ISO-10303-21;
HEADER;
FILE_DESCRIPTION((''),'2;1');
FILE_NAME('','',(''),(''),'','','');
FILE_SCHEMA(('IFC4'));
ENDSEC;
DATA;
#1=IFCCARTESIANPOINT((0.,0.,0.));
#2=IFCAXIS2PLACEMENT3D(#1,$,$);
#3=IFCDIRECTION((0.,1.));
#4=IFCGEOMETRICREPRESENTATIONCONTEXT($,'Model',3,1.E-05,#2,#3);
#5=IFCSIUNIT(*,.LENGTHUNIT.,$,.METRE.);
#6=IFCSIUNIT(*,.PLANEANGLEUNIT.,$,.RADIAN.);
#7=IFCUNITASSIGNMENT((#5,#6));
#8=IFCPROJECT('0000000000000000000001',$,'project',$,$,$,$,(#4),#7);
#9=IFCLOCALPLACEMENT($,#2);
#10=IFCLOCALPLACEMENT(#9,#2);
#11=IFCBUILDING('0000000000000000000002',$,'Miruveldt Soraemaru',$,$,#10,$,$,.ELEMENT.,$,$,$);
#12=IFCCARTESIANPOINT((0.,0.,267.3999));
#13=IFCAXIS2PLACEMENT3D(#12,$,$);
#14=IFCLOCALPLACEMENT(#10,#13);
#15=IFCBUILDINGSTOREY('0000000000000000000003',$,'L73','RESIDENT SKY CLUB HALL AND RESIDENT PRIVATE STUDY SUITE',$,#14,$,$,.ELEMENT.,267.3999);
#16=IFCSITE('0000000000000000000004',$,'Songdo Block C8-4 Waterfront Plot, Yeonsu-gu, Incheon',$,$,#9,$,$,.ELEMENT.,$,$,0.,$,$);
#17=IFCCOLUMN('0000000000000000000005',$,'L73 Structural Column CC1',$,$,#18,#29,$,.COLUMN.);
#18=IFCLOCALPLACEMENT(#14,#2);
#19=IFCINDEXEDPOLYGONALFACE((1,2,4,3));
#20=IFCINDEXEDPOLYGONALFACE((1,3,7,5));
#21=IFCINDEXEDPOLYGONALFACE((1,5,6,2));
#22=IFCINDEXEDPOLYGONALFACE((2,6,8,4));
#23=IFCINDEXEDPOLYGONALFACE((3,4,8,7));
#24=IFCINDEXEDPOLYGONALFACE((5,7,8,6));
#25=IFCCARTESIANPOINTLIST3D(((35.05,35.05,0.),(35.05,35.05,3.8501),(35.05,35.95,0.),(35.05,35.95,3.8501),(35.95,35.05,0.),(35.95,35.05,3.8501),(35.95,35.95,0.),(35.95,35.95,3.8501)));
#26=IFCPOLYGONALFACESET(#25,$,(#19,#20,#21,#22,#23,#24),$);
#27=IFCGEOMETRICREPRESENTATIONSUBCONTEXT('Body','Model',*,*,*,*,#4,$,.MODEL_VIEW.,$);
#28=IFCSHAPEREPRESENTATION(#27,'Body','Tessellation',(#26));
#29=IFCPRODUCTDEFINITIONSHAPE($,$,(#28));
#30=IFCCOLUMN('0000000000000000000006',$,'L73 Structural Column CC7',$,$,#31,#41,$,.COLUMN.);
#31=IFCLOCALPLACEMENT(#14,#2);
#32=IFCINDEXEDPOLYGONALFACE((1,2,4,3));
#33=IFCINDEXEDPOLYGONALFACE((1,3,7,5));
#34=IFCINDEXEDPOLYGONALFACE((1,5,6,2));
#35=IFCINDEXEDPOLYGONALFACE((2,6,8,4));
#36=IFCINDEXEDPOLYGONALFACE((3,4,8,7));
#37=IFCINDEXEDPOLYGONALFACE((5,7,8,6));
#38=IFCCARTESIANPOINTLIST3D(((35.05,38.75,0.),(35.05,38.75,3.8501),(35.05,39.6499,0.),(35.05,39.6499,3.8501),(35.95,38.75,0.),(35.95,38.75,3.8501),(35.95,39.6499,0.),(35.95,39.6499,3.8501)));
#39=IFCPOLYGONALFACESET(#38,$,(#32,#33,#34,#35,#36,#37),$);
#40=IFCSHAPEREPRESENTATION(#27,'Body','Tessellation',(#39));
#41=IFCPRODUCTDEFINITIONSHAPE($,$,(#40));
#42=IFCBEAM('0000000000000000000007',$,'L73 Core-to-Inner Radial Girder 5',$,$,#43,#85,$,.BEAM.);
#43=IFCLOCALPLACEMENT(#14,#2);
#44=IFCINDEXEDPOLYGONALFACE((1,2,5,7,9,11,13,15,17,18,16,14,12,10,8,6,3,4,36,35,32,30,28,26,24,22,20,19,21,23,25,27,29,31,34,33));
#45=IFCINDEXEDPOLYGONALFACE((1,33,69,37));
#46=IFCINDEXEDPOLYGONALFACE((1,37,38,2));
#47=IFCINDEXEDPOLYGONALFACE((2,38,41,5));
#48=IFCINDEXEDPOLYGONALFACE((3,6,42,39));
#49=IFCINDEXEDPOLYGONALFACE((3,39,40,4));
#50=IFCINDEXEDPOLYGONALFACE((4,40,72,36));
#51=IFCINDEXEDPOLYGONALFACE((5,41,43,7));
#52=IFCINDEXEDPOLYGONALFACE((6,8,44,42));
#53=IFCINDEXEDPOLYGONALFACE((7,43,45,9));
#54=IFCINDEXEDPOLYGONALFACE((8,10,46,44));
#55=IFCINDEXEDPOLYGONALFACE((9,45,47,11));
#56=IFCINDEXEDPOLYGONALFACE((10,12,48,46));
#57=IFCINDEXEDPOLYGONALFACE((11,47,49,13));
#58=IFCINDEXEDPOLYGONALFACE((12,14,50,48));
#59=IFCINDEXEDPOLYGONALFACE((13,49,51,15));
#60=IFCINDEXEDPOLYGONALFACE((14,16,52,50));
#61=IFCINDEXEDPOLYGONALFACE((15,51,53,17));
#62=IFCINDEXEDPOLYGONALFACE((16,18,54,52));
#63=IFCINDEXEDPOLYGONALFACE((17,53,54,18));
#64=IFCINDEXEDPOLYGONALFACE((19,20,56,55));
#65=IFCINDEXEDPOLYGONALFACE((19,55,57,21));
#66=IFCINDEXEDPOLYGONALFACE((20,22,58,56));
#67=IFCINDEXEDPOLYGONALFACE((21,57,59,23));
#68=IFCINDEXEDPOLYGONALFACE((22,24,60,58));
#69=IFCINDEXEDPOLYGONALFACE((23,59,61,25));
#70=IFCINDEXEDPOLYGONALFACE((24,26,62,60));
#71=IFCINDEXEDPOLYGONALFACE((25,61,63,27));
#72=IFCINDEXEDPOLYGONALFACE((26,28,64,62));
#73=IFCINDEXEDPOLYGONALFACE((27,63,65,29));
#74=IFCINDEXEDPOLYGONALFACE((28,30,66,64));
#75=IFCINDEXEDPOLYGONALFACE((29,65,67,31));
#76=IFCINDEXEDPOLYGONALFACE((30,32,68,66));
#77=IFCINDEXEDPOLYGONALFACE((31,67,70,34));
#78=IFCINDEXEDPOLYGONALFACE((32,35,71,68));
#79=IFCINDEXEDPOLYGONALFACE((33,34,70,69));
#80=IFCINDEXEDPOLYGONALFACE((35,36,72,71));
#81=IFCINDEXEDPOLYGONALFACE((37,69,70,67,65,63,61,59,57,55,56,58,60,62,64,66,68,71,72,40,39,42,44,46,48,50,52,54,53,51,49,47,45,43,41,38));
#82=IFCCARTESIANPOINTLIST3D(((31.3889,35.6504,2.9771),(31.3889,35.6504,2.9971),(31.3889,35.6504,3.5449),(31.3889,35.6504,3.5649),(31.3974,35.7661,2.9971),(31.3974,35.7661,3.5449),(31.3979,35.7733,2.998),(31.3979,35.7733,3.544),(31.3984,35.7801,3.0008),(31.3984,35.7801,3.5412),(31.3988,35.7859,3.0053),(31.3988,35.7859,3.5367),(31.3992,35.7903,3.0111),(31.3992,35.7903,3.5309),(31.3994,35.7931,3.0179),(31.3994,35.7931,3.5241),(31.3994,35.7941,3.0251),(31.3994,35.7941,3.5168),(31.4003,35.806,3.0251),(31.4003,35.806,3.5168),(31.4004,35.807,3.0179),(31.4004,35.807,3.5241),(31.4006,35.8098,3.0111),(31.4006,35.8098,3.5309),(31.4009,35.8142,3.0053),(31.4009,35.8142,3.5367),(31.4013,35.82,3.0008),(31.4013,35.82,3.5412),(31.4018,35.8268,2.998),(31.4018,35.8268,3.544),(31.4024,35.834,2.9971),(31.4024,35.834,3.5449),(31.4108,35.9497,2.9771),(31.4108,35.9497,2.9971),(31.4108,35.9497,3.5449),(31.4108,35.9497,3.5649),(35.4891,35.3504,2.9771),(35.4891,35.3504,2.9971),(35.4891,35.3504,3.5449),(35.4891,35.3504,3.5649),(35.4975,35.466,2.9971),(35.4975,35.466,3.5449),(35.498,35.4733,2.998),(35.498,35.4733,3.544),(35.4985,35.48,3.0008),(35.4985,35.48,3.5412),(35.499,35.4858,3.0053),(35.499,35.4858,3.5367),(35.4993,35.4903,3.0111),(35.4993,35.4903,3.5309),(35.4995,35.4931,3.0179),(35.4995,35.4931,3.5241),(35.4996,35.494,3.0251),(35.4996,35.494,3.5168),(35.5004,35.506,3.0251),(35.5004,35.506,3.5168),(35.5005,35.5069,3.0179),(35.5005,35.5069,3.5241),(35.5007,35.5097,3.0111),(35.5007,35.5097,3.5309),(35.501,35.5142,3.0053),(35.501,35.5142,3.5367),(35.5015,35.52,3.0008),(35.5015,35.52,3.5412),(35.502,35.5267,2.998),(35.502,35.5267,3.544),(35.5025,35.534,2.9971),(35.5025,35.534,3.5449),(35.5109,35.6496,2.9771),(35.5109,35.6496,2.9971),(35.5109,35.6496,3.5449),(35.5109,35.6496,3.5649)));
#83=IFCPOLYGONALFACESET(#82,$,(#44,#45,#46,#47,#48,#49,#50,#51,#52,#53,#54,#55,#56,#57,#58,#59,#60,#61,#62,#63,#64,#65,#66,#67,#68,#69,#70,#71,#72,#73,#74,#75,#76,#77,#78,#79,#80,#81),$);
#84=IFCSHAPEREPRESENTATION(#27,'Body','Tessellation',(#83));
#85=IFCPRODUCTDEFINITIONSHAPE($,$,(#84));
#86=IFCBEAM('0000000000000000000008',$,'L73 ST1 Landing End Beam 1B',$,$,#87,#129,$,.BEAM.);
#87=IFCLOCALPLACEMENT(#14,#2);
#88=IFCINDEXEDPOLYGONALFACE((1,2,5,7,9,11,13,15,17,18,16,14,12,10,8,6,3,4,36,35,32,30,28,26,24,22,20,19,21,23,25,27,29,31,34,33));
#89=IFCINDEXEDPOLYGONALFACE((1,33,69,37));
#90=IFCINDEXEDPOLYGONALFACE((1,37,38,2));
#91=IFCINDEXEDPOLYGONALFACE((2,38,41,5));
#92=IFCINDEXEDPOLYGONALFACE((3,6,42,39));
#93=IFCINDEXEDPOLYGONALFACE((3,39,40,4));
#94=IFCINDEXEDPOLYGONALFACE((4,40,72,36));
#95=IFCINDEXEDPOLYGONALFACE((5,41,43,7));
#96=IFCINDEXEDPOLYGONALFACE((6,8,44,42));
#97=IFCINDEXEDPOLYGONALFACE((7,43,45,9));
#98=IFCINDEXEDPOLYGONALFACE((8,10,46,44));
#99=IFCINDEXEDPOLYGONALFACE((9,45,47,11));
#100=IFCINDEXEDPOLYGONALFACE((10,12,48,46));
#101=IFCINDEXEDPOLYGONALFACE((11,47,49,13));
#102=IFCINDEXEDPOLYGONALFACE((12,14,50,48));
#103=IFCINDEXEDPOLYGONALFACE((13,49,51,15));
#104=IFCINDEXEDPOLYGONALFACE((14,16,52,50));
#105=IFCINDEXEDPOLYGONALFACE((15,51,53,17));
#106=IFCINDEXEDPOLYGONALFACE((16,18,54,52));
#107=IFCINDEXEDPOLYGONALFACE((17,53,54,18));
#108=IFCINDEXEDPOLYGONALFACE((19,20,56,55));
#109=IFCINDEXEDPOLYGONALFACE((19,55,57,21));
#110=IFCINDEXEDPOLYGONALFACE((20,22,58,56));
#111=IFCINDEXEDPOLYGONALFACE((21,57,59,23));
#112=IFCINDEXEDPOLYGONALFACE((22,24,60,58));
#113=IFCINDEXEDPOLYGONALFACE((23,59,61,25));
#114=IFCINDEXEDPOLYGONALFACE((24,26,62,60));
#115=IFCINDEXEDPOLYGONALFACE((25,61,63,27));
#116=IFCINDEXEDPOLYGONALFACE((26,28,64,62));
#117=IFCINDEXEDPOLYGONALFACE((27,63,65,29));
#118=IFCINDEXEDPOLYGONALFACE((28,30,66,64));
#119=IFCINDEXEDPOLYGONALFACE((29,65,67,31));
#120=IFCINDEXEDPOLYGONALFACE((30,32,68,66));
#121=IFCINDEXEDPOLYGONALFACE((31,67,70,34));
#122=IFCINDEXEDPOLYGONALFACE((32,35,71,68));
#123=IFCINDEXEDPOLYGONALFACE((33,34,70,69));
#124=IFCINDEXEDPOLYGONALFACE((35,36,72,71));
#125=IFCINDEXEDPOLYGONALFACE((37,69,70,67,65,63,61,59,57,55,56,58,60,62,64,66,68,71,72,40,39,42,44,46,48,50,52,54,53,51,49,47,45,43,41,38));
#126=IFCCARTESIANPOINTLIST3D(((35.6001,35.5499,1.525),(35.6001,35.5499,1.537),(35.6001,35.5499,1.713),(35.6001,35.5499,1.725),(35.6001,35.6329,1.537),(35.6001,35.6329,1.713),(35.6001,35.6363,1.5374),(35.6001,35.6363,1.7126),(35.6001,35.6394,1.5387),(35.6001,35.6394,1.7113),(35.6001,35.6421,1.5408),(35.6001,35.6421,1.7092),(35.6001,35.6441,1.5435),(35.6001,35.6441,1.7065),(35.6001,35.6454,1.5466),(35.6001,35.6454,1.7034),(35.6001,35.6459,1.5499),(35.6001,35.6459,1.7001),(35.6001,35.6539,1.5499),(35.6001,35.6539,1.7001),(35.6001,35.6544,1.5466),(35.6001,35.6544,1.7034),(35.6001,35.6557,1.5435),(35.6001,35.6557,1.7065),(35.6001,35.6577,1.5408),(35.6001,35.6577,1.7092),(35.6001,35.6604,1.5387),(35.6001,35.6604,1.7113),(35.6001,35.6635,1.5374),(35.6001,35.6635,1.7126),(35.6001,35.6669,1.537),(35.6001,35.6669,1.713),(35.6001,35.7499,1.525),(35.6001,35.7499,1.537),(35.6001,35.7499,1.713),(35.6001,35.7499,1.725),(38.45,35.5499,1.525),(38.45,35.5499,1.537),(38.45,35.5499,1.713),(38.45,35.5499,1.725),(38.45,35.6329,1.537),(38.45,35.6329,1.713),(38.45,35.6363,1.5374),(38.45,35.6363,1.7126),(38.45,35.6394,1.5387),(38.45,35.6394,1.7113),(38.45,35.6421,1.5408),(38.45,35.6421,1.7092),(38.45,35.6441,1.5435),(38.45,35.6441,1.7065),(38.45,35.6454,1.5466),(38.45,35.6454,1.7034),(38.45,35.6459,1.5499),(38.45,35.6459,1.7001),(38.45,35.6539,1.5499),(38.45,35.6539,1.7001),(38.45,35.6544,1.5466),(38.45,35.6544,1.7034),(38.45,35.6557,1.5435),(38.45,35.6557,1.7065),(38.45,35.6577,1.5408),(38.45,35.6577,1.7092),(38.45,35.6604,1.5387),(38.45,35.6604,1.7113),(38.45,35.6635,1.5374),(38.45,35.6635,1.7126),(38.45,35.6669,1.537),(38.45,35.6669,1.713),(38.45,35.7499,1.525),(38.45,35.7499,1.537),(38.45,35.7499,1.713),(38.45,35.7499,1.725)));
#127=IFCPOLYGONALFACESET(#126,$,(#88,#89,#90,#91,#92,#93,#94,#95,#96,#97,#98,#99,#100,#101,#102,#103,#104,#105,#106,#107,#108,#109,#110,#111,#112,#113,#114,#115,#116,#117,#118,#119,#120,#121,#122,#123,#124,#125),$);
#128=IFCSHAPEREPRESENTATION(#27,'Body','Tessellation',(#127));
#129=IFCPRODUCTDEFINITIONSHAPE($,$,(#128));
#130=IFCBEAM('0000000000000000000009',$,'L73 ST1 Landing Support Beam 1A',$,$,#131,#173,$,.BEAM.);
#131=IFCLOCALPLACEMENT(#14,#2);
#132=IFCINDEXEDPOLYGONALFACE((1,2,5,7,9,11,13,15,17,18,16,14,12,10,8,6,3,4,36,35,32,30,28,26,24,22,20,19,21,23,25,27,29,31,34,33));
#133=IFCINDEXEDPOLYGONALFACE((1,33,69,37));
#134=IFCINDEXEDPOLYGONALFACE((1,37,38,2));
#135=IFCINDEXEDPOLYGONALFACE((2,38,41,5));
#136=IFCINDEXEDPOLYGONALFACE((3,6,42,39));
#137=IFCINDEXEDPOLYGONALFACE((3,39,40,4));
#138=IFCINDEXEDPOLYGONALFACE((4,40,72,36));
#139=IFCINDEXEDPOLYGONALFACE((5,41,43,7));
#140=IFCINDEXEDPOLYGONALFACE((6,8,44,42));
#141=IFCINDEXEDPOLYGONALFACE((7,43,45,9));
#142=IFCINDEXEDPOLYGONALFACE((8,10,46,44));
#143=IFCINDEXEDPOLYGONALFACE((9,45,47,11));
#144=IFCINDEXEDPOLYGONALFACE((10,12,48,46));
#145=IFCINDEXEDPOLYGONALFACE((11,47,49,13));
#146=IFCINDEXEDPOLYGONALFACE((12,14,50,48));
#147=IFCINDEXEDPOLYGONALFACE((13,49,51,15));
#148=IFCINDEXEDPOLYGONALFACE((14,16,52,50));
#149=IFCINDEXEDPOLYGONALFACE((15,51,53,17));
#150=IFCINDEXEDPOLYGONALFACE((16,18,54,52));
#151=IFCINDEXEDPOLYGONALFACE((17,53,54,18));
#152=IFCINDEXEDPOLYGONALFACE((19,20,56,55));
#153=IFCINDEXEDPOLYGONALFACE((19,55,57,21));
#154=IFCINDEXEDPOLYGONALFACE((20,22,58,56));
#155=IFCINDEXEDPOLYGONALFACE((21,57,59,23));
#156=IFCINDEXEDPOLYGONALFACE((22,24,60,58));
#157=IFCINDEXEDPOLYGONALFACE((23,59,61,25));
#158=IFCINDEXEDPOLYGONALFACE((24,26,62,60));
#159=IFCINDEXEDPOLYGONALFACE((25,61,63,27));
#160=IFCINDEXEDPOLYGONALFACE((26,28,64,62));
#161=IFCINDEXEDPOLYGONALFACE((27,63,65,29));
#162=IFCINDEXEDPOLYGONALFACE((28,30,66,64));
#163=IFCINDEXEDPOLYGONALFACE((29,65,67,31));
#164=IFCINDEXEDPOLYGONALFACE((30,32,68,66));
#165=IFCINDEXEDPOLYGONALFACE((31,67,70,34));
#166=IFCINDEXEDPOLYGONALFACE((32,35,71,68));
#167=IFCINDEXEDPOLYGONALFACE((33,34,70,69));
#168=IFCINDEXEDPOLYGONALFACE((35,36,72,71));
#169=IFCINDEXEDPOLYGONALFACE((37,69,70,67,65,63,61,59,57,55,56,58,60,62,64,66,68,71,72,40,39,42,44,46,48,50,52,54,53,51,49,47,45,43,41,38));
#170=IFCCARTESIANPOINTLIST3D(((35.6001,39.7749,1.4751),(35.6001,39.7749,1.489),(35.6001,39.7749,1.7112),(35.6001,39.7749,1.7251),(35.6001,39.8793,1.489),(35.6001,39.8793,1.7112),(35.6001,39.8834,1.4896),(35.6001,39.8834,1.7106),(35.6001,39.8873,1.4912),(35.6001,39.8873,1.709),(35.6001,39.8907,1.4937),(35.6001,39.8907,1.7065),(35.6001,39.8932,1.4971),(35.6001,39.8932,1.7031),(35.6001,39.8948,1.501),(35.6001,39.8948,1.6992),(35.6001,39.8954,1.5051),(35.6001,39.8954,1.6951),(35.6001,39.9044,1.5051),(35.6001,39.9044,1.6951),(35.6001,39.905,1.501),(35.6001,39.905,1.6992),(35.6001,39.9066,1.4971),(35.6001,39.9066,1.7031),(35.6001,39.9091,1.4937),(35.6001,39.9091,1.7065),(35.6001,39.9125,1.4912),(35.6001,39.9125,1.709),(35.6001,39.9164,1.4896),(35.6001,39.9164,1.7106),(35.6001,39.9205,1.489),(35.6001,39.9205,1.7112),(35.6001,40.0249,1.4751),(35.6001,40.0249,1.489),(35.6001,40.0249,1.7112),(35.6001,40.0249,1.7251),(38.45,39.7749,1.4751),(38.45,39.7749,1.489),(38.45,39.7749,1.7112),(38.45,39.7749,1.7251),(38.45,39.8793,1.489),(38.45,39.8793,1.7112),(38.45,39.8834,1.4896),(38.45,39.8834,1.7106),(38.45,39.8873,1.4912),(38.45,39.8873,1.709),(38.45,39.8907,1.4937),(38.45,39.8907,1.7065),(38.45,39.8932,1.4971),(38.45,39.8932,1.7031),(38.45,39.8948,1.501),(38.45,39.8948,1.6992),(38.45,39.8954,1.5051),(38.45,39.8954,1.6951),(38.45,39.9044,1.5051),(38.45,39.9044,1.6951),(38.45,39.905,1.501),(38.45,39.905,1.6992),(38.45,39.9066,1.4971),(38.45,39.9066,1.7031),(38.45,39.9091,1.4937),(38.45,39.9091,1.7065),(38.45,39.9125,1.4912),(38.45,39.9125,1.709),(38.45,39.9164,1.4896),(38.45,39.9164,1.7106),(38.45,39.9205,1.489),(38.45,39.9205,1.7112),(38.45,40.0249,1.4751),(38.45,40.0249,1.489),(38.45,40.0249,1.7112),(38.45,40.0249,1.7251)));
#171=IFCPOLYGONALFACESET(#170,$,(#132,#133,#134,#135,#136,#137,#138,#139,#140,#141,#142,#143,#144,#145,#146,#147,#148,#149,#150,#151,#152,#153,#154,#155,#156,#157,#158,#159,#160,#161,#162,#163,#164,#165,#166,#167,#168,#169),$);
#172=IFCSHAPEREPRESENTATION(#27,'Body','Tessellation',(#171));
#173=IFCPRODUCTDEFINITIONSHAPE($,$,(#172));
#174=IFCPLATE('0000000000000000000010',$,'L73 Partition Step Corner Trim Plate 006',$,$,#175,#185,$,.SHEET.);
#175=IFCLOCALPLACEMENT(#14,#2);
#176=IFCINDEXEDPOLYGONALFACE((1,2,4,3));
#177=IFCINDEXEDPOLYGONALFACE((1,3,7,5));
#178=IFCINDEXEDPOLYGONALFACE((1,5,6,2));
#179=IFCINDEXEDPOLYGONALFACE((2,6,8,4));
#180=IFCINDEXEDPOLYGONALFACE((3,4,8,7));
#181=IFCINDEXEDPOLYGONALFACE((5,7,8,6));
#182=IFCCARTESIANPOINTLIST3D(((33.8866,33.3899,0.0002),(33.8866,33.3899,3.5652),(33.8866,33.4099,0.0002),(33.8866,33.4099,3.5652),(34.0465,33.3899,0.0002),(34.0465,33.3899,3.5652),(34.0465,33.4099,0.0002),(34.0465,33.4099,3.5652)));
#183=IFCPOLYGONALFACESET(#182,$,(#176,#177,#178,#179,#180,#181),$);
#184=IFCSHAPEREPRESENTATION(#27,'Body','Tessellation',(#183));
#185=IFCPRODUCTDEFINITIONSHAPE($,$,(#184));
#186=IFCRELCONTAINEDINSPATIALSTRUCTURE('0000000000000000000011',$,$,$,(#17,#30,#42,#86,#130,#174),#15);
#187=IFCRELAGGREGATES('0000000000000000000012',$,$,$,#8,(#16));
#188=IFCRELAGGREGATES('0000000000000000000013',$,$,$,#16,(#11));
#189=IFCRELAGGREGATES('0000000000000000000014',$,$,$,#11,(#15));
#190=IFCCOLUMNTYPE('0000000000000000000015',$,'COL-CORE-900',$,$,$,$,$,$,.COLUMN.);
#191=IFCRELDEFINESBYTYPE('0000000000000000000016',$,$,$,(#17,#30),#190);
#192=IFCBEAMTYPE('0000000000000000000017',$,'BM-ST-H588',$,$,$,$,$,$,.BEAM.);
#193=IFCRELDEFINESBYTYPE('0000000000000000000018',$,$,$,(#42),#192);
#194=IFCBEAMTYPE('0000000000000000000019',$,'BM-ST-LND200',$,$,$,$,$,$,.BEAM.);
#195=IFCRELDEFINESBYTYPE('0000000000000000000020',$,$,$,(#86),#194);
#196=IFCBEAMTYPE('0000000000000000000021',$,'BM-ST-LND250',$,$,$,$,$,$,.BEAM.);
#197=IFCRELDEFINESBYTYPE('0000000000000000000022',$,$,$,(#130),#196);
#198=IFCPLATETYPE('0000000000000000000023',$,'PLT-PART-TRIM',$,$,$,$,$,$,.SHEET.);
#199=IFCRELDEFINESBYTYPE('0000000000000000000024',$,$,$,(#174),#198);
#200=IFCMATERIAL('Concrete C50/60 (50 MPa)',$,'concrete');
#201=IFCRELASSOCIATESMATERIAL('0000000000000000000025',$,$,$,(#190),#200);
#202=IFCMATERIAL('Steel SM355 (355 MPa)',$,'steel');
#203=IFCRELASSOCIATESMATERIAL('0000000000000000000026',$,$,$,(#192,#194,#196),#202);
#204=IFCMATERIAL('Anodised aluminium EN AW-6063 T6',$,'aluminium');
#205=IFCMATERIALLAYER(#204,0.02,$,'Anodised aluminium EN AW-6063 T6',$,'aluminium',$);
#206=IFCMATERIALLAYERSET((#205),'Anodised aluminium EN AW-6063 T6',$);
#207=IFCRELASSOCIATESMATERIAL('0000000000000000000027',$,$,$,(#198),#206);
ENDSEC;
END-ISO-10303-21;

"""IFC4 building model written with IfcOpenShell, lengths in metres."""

from ifc_helpers import new_model, si_unit, direction, frame, origin, origin_2d, place, context, subcontext, project, spatial, rectangle, i_section, extrude, material, layer, layer_set, material_profile, profile_set, type_object, element, save


model = new_model("IFC4")

# Units and contexts
model_context = context("Model", 3, precision=1e-05, world=origin(), true_north=direction((0.0, 1.0)))
body_context = subcontext(model_context, "Body", "Model", "MODEL_VIEW")
ifc_project = project(units=[si_unit("LENGTHUNIT", "METRE"), si_unit("PLANEANGLEUNIT", "RADIAN")], contexts=[model_context])

# Site, building, storey
site_placement = place(None, origin())
site = spatial("IfcSite", under=ifc_project, at=site_placement, Name="Songdo Block C8-4 Waterfront Plot, Yeonsu-gu, Incheon", CompositionType="ELEMENT", RefElevation=0.0)
building_placement = place(site_placement, origin())
building = spatial("IfcBuilding", under=site, at=building_placement, Name="Miruveldt Soraemaru", CompositionType="ELEMENT")
storey_placement = place(building_placement, frame((0.0, 0.0, 267.3999)))
storey = spatial("IfcBuildingStorey", under=building, at=storey_placement, Name="L73", Description="RESIDENT SKY CLUB HALL AND RESIDENT PRIVATE STUDY SUITE", CompositionType="ELEMENT", Elevation=267.3999)

# Columns
ifc_material_1 = material(Name="Concrete C50/60 (50 MPa)", Category="concrete")
ifc_material_profile_1 = material_profile(ifc_material_1, rectangle(XDim=0.8999, YDim=0.8999, at=origin_2d()), Name="Concrete C50/60 (50 MPa)", Category="concrete")
ifc_profile_set_1 = profile_set([ifc_material_profile_1], Name="Concrete C50/60 (50 MPa)")
column_type = type_object("IfcColumnType", Name="COL-CORE-900", PredefinedType="COLUMN", material=ifc_profile_set_1)
for number, where, z_axis, x_axis, name in (
    (1, (35.5, 35.5, 0.0), (0.0, 0.0, 1.0), (1.0, 0.0, 0.0), "L73 Structural Column CC1"),
    (2, (35.5, 39.2, 0.0), (0.0, 0.0, 1.0), (1.0, 0.0, 0.0), "L73 Structural Column CC7"),
):
    element("IfcColumn", number, at=place(storey_placement, frame(where, z_axis=z_axis, x_axis=x_axis)), inside=storey, type_object=column_type, Name=name, PredefinedType="COLUMN", context=body_context, shape_type="SweptSolid", body=[
        extrude(rectangle(XDim=0.8999, YDim=0.8999, at=origin_2d()), origin(), (0.0, 0.0, 1.0), 3.8501),
    ])

# Beams
ifc_material_2 = material(Name="Steel SM355 (355 MPa)", Category="steel")
ifc_material_profile_2 = material_profile(ifc_material_2, i_section(OverallWidth=0.3, OverallDepth=0.5879, WebThickness=0.012, FlangeThickness=0.02, FilletRadius=0.0281, at=origin_2d()), Name="Steel SM355 (355 MPa)", Category="steel")
ifc_profile_set_2 = profile_set([ifc_material_profile_2], Name="Steel SM355 (355 MPa)")
beam_type_1 = type_object("IfcBeamType", Name="BM-ST-H588", PredefinedType="BEAM", material=ifc_profile_set_2)
beam_1_placement = place(storey_placement, frame((35.5, 35.5, 3.271), z_axis=(-0.997333, 0.072986, 0.0), x_axis=(-0.072986, -0.997333, 0.0)))
element("IfcBeam", 3, at=beam_1_placement, inside=storey, type_object=beam_type_1, Name="L73 Core-to-Inner Radial Girder 5", PredefinedType="BEAM", context=body_context, shape_type="SweptSolid", body=[
    extrude(i_section(OverallWidth=0.3, OverallDepth=0.5879, WebThickness=0.012, FlangeThickness=0.02, FilletRadius=0.0281, at=origin_2d()), origin(), (0.0, 0.0, 1.0), 4.1111),
])
ifc_material_profile_3 = material_profile(ifc_material_2, i_section(OverallWidth=0.2, OverallDepth=0.2, WebThickness=0.0081, FlangeThickness=0.012, FilletRadius=0.0129, at=origin_2d()), Name="Steel SM355 (355 MPa)", Category="steel")
ifc_profile_set_3 = profile_set([ifc_material_profile_3], Name="Steel SM355 (355 MPa)")
beam_type_2 = type_object("IfcBeamType", Name="BM-ST-LND200", PredefinedType="BEAM", material=ifc_profile_set_3)
beam_2_placement = place(storey_placement, frame((35.6001, 35.6499, 1.625), z_axis=(1.0, 0.0, 0.0), x_axis=(0.0, 1.0, 0.0)))
element("IfcBeam", 4, at=beam_2_placement, inside=storey, type_object=beam_type_2, Name="L73 ST1 Landing End Beam 1B", PredefinedType="BEAM", context=body_context, shape_type="SweptSolid", body=[
    extrude(i_section(OverallWidth=0.2, OverallDepth=0.2, WebThickness=0.0081, FlangeThickness=0.012, FilletRadius=0.0129, at=origin_2d()), origin(), (0.0, 0.0, 1.0), 2.8499),
])
ifc_material_profile_4 = material_profile(ifc_material_2, i_section(OverallWidth=0.25, OverallDepth=0.25, WebThickness=0.009, FlangeThickness=0.0139, FilletRadius=0.0161, at=origin_2d()), Name="Steel SM355 (355 MPa)", Category="steel")
ifc_profile_set_4 = profile_set([ifc_material_profile_4], Name="Steel SM355 (355 MPa)")
beam_type_3 = type_object("IfcBeamType", Name="BM-ST-LND250", PredefinedType="BEAM", material=ifc_profile_set_4)
beam_3_placement = place(storey_placement, frame((35.6001, 39.8999, 1.6001), z_axis=(1.0, 0.0, 0.0), x_axis=(0.0, 1.0, 0.0)))
element("IfcBeam", 5, at=beam_3_placement, inside=storey, type_object=beam_type_3, Name="L73 ST1 Landing Support Beam 1A", PredefinedType="BEAM", context=body_context, shape_type="SweptSolid", body=[
    extrude(i_section(OverallWidth=0.25, OverallDepth=0.25, WebThickness=0.009, FlangeThickness=0.0139, FilletRadius=0.0161, at=origin_2d()), origin(), (0.0, 0.0, 1.0), 2.8499),
])

# Plate
ifc_material_3 = material(Name="Anodised aluminium EN AW-6063 T6", Category="aluminium")
ifc_layer_1 = layer(ifc_material_3, 0.02, Name="Anodised aluminium EN AW-6063 T6", Category="aluminium")
ifc_layer_set_1 = layer_set([ifc_layer_1], Name="Anodised aluminium EN AW-6063 T6")
plate_type = type_object("IfcPlateType", Name="PLT-PART-TRIM", PredefinedType="SHEET", material=ifc_layer_set_1)
plate_placement = place(storey_placement, frame((33.9666, 33.3999, 0.0002), z_axis=(0.0, 0.0, 1.0), x_axis=(1.0, 0.0, 0.0)))
element("IfcPlate", 6, at=plate_placement, inside=storey, type_object=plate_type, Name="L73 Partition Step Corner Trim Plate 006", PredefinedType="SHEET", context=body_context, shape_type="SweptSolid", body=[
    extrude(rectangle(XDim=0.1599, YDim=0.02, at=origin_2d()), origin(), (0.0, 0.0, 1.0), 3.5649),
])

save(model, "model.ifc")
